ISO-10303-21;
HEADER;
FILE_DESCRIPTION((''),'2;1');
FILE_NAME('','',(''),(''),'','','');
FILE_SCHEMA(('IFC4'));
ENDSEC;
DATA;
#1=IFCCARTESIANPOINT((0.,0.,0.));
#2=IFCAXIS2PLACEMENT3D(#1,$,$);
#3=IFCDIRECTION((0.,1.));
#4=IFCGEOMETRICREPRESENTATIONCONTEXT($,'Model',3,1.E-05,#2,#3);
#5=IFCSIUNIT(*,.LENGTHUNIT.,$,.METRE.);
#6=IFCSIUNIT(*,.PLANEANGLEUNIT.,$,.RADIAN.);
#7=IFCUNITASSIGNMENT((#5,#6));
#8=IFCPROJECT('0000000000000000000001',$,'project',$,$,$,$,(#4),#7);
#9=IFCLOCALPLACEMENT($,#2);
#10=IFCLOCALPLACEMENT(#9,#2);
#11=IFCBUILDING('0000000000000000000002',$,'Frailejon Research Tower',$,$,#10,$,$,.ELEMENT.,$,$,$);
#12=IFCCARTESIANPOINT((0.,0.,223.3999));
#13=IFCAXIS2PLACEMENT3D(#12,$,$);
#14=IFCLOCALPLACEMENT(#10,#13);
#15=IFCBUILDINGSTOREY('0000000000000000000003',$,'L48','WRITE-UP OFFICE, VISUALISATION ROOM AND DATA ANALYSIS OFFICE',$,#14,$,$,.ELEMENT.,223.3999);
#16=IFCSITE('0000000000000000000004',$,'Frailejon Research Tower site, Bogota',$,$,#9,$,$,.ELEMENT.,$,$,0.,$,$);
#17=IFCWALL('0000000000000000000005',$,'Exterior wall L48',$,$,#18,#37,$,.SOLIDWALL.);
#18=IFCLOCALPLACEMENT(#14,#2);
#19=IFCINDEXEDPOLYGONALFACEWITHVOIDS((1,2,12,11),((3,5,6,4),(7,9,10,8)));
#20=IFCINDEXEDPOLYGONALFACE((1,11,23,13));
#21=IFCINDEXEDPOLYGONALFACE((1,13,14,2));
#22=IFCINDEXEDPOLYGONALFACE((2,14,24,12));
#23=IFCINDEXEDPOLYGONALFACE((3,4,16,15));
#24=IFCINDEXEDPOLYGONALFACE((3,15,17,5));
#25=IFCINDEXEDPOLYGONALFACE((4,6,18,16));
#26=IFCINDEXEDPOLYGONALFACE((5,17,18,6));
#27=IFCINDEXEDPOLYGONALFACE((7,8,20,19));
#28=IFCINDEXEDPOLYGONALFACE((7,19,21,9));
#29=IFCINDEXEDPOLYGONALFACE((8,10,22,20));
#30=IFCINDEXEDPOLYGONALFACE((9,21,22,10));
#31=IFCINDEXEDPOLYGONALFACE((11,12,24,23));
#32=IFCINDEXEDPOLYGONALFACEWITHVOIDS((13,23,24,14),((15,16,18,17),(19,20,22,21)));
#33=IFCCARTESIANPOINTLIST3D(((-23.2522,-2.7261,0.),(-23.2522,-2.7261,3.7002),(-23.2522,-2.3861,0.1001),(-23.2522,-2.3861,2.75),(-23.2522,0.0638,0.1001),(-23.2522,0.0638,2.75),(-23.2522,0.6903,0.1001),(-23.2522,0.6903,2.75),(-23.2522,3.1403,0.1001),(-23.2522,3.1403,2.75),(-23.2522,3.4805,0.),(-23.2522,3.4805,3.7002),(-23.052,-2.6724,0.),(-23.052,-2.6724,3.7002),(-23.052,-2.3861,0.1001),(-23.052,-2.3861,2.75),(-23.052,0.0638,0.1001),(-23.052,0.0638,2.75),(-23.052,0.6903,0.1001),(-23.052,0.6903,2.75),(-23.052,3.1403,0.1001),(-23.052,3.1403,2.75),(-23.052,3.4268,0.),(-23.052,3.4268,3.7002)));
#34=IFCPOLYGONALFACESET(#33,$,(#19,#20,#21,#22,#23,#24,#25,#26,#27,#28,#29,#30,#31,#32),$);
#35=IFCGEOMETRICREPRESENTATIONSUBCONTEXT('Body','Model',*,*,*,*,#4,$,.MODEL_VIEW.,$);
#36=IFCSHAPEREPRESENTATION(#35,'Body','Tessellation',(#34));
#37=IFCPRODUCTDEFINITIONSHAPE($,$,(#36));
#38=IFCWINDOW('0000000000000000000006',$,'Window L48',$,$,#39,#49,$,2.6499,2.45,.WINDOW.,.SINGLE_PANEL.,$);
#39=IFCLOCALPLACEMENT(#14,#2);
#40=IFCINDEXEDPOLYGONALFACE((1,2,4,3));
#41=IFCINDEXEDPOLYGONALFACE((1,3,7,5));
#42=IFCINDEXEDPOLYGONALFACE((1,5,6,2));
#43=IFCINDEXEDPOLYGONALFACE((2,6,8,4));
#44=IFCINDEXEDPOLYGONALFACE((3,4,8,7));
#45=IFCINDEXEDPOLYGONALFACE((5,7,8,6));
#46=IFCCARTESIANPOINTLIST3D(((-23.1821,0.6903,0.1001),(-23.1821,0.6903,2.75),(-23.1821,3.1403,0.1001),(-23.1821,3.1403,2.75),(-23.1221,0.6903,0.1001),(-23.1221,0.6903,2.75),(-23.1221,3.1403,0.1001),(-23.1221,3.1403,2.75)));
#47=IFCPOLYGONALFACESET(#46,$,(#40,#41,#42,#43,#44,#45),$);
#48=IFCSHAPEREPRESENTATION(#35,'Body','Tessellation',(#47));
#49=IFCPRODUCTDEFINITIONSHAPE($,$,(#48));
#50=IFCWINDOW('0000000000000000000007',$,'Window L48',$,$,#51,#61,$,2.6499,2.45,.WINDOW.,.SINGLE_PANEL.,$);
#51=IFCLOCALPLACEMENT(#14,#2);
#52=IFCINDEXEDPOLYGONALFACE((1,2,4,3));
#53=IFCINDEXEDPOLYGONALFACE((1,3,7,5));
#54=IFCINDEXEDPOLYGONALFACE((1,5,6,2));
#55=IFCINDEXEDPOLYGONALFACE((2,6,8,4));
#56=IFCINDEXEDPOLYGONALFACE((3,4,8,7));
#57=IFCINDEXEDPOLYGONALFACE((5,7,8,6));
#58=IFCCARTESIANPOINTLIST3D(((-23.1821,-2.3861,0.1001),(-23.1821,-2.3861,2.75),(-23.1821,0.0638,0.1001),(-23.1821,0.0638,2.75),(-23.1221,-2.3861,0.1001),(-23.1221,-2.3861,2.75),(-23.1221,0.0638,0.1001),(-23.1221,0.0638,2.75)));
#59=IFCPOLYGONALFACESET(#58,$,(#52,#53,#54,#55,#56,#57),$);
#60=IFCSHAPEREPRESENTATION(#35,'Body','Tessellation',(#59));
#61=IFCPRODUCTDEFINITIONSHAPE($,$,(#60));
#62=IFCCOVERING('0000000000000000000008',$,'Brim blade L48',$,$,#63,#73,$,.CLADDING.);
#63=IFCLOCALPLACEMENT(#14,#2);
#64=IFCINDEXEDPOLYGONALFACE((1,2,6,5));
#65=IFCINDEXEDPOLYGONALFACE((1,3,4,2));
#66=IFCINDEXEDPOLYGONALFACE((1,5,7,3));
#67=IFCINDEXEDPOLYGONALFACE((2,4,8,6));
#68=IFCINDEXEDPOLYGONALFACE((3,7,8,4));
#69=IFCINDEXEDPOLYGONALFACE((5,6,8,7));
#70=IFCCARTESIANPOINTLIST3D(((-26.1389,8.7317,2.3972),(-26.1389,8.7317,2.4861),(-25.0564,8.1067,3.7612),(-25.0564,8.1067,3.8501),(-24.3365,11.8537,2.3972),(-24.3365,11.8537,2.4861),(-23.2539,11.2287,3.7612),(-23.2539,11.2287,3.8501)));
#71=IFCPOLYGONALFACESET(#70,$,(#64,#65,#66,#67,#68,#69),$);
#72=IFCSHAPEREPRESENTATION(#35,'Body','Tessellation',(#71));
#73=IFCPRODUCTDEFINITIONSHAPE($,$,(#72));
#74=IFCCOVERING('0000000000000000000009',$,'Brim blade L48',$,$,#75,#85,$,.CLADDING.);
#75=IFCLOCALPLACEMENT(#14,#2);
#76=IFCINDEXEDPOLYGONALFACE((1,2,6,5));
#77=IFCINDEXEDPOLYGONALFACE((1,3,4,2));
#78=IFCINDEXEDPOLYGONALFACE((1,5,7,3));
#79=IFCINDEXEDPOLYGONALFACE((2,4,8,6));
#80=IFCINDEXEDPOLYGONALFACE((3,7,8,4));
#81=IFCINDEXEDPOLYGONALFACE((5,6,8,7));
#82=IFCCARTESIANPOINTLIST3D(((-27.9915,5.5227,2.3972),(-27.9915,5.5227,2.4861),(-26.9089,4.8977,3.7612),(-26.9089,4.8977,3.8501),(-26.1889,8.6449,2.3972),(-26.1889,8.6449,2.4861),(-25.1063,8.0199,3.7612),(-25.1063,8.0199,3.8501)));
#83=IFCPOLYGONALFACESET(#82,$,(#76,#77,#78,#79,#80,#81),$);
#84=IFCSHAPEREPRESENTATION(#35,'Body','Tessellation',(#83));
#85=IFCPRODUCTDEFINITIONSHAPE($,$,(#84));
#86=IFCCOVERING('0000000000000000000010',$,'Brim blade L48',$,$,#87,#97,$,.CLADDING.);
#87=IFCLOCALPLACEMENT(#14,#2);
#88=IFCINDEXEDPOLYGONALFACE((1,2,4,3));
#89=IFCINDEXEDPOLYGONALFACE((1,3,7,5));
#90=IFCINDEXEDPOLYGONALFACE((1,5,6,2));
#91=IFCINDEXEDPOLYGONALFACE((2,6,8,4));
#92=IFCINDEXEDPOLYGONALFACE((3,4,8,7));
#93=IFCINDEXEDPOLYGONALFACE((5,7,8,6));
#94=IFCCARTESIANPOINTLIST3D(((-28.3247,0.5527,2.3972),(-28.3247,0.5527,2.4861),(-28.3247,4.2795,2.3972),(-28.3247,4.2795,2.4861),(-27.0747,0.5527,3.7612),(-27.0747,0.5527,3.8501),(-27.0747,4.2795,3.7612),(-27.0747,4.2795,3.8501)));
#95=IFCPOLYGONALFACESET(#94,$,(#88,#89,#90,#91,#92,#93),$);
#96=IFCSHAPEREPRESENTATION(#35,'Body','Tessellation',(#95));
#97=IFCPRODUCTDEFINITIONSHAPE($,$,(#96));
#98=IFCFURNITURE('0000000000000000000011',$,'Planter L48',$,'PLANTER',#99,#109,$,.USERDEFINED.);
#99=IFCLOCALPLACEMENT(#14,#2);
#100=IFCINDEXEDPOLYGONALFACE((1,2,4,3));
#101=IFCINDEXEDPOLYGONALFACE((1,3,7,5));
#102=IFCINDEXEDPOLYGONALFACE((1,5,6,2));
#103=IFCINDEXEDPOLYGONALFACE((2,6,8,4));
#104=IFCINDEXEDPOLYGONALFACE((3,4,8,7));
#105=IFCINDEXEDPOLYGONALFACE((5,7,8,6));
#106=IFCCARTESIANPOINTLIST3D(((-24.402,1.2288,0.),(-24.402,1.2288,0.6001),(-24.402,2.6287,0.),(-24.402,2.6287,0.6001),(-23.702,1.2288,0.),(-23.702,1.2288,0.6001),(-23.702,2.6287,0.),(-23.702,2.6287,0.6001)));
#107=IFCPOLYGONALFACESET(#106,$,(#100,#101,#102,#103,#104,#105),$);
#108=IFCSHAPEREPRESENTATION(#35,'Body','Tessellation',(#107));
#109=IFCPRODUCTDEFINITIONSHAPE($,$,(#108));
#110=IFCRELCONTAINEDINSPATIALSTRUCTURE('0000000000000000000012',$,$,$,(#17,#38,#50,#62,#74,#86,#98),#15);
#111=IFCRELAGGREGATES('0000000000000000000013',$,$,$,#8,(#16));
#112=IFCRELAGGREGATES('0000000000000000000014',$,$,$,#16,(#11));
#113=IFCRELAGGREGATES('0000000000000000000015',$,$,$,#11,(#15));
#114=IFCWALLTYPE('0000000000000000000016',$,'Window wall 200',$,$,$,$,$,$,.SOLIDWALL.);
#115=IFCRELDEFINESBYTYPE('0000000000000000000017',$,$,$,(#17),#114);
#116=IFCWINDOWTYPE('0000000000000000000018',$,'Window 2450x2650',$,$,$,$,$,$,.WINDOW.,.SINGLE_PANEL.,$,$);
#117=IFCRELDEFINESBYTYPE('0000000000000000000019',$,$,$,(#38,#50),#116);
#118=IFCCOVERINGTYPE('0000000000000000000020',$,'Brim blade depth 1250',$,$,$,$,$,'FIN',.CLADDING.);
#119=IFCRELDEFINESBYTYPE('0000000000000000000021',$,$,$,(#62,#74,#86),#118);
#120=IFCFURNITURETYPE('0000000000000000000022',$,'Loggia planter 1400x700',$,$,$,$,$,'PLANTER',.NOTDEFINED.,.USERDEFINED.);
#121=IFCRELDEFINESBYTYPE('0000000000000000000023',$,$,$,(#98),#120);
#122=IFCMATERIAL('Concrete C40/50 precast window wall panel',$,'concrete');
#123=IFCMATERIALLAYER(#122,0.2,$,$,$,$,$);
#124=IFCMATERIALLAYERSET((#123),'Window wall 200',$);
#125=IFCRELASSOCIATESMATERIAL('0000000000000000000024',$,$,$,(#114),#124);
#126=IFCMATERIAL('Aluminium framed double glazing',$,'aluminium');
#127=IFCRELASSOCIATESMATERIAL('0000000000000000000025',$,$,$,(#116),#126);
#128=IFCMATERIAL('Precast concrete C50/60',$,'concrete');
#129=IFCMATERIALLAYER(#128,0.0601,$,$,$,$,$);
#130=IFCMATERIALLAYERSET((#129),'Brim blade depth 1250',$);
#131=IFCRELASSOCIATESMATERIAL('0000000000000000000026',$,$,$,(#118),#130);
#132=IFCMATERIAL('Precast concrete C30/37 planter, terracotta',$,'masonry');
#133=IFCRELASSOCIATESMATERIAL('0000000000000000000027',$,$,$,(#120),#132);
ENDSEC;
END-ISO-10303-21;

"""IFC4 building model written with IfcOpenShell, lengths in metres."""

from ifc_helpers import new_model, si_unit, direction, frame, frame_2d, origin, origin_2d, place, context, subcontext, project, spatial, polyline, rectangle, outline, extrude, material, layer, layer_set, type_object, element, fill, save


model = new_model("IFC4")

# Units and contexts
model_context = context("Model", 3, precision=1e-05, world=origin(), true_north=direction((0.0, 1.0)))
body_context = subcontext(model_context, "Body", "Model", "MODEL_VIEW")
ifc_project = project(units=[si_unit("LENGTHUNIT", "METRE"), si_unit("PLANEANGLEUNIT", "RADIAN")], contexts=[model_context])

# Site, building, storey
site_placement = place(None, origin())
site = spatial("IfcSite", under=ifc_project, at=site_placement, Name="Frailejon Research Tower site, Bogota", CompositionType="ELEMENT", RefElevation=0.0)
building_placement = place(site_placement, origin())
building = spatial("IfcBuilding", under=site, at=building_placement, Name="Frailejon Research Tower", CompositionType="ELEMENT")
storey_placement = place(building_placement, frame((0.0, 0.0, 223.3999)))
storey = spatial("IfcBuildingStorey", under=building, at=storey_placement, Name="L48", Description="WRITE-UP OFFICE, VISUALISATION ROOM AND DATA ANALYSIS OFFICE", CompositionType="ELEMENT", Elevation=223.3999)

# Wall, openings, windows
ifc_material_1 = material(Name="Concrete C40/50 precast window wall panel", Category="concrete")
ifc_layer_1 = layer(ifc_material_1, 0.2)
ifc_layer_set_1 = layer_set([ifc_layer_1], Name="Window wall 200")
wall_type_1 = type_object("IfcWallType", Name="Window wall 200", PredefinedType="SOLIDWALL", material=ifc_layer_set_1)
wall_1_placement = place(storey_placement, frame((-23.1521, 3.4536, 0.0), z_axis=(0.0, 0.0, 1.0), x_axis=(0.0, -1.0, 0.0)))
wall_1 = element("IfcWall", 1, at=wall_1_placement, inside=storey, type_object=wall_type_1, Name="Exterior wall L48", PredefinedType="SOLIDWALL", context=body_context, shape_type="SweptSolid", body=[
    extrude(outline(polyline([(-0.0269, -0.1001), (1.0076, -0.1001), (2.042, -0.1001), (3.0764, -0.1001), (4.1108, -0.1001), (5.1453, -0.1001), (6.1797, -0.1001), (6.126, 0.1001), (5.1094, 0.1001), (4.093, 0.1001), (3.0764, 0.1001), (2.0598, 0.1001), (1.0435, 0.1001), (0.0269, 0.1001), (-0.0269, -0.1001)])), origin(), (0.0, 0.0, 1.0), 3.7002),
])
opening_1_placement = place(wall_1_placement, frame((0.3132, 0.0, 0.1001)))
opening_1 = element("IfcOpeningElement", 2, at=opening_1_placement, cuts=wall_1, PredefinedType="OPENING", context=body_context, shape_type="SweptSolid", body=[
    extrude(rectangle(XDim=2.45, YDim=2.6499, at=frame_2d((1.2251, 1.325))), frame((0.0, 0.1099, 0.0), z_axis=(0.0, -1.0, 0.0), x_axis=(1.0, 0.0, 0.0)), (0.0, 0.0, 1.0), 0.22),
])
opening_2_placement = place(wall_1_placement, frame((3.3896, 0.0, 0.1001)))
opening_2 = element("IfcOpeningElement", 3, at=opening_2_placement, cuts=wall_1, PredefinedType="OPENING", context=body_context, shape_type="SweptSolid", body=[
    extrude(rectangle(XDim=2.45, YDim=2.6499, at=frame_2d((1.2251, 1.325))), frame((0.0, 0.1099, 0.0), z_axis=(0.0, -1.0, 0.0), x_axis=(1.0, 0.0, 0.0)), (0.0, 0.0, 1.0), 0.22),
])
ifc_material_2 = material(Name="Aluminium framed double glazing", Category="aluminium")
window_type = type_object("IfcWindowType", Name="Window 2450x2650", PartitioningType="SINGLE_PANEL", PredefinedType="WINDOW", material=ifc_material_2)
window_1_placement = place(opening_1_placement, origin())
window_1 = element("IfcWindow", 4, at=window_1_placement, inside=storey, type_object=window_type, Name="Window L48", OverallHeight=2.6499, OverallWidth=2.45, PartitioningType="SINGLE_PANEL", PredefinedType="WINDOW", context=body_context, shape_type="SweptSolid", body=[
    extrude(rectangle(XDim=2.45, YDim=2.6499, at=frame_2d((1.2251, 1.325))), frame((0.0, 0.03, 0.0), z_axis=(0.0, -1.0, 0.0), x_axis=(1.0, 0.0, 0.0)), (0.0, 0.0, 1.0), 0.0601),
])
fill(opening_1, window_1)
window_2_placement = place(opening_2_placement, origin())
window_2 = element("IfcWindow", 5, at=window_2_placement, inside=storey, type_object=window_type, Name="Window L48", OverallHeight=2.6499, OverallWidth=2.45, PartitioningType="SINGLE_PANEL", PredefinedType="WINDOW", context=body_context, shape_type="SweptSolid", body=[
    extrude(rectangle(XDim=2.45, YDim=2.6499, at=frame_2d((1.2251, 1.325))), frame((0.0, 0.03, 0.0), z_axis=(0.0, -1.0, 0.0), x_axis=(1.0, 0.0, 0.0)), (0.0, 0.0, 1.0), 0.0601),
])
fill(opening_2, window_2)

# Coverings
ifc_material_3 = material(Name="Precast concrete C50/60", Category="concrete")
ifc_layer_2 = layer(ifc_material_3, 0.0601)
ifc_layer_set_2 = layer_set([ifc_layer_2], Name="Brim blade depth 1250")
covering_type = type_object("IfcCoveringType", Name="Brim blade depth 1250", ElementType="FIN", PredefinedType="CLADDING", material=ifc_layer_set_2)
covering_1_placement = place(storey_placement, frame((-25.0564, 8.1067, 3.8501), z_axis=(0.499991, 0.866031, 0.0), x_axis=(-0.866031, 0.499991, 0.0)))
element("IfcCovering", 6, at=covering_1_placement, inside=storey, type_object=covering_type, Name="Brim blade L48", PredefinedType="CLADDING", context=body_context, shape_type="SweptSolid", body=[
    extrude(outline(polyline([(0.0, -0.0889), (1.25, -1.4529), (1.25, -1.364), (0.0, 0.0), (0.0, -0.0889)])), origin(), (0.0, 0.0, 1.0), 3.605),
])
covering_2_placement = place(storey_placement, frame((-26.9089, 4.8977, 3.8501), z_axis=(0.5, 0.866026, 0.0), x_axis=(-0.866026, 0.5, 0.0)))
element("IfcCovering", 7, at=covering_2_placement, inside=storey, type_object=covering_type, Name="Brim blade L48", PredefinedType="CLADDING", context=body_context, shape_type="SweptSolid", body=[
    extrude(outline(polyline([(0.0, -0.0889), (1.25, -1.4529), (1.25, -1.364), (0.0, 0.0), (0.0, -0.0889)])), origin(), (0.0, 0.0, 1.0), 3.6052),
])
covering_3_placement = place(storey_placement, frame((-27.0747, 0.5527, 3.8501), z_axis=(0.0, 1.0, 0.0), x_axis=(-1.0, 0.0, 0.0)))
element("IfcCovering", 8, at=covering_3_placement, inside=storey, type_object=covering_type, Name="Brim blade L48", PredefinedType="CLADDING", context=body_context, shape_type="SweptSolid", body=[
    extrude(outline(polyline([(0.0, -0.0889), (1.25, -1.4529), (1.25, -1.364), (0.0, 0.0), (0.0, -0.0889)])), origin(), (0.0, 0.0, 1.0), 3.7268),
])

# Furniture
ifc_material_4 = material(Name="Precast concrete C30/37 planter, terracotta", Category="masonry")
furniture_type = type_object("IfcFurnitureType", Name="Loggia planter 1400x700", ElementType="PLANTER", AssemblyPlace="NOTDEFINED", PredefinedType="USERDEFINED", material=ifc_material_4)
furniture_placement = place(storey_placement, frame((-24.052, 1.9287, 0.0), z_axis=(0.0, 0.0, 1.0), x_axis=(0.0, -1.0, 0.0)))
element("IfcFurniture", 9, at=furniture_placement, inside=storey, type_object=furniture_type, Name="Planter L48", ObjectType="PLANTER", PredefinedType="USERDEFINED", context=body_context, shape_type="SweptSolid", body=[
    extrude(rectangle(XDim=1.3999, YDim=0.7, at=origin_2d()), origin(), (0.0, 0.0, 1.0), 0.6001),
])

save(model, "model.ifc")
